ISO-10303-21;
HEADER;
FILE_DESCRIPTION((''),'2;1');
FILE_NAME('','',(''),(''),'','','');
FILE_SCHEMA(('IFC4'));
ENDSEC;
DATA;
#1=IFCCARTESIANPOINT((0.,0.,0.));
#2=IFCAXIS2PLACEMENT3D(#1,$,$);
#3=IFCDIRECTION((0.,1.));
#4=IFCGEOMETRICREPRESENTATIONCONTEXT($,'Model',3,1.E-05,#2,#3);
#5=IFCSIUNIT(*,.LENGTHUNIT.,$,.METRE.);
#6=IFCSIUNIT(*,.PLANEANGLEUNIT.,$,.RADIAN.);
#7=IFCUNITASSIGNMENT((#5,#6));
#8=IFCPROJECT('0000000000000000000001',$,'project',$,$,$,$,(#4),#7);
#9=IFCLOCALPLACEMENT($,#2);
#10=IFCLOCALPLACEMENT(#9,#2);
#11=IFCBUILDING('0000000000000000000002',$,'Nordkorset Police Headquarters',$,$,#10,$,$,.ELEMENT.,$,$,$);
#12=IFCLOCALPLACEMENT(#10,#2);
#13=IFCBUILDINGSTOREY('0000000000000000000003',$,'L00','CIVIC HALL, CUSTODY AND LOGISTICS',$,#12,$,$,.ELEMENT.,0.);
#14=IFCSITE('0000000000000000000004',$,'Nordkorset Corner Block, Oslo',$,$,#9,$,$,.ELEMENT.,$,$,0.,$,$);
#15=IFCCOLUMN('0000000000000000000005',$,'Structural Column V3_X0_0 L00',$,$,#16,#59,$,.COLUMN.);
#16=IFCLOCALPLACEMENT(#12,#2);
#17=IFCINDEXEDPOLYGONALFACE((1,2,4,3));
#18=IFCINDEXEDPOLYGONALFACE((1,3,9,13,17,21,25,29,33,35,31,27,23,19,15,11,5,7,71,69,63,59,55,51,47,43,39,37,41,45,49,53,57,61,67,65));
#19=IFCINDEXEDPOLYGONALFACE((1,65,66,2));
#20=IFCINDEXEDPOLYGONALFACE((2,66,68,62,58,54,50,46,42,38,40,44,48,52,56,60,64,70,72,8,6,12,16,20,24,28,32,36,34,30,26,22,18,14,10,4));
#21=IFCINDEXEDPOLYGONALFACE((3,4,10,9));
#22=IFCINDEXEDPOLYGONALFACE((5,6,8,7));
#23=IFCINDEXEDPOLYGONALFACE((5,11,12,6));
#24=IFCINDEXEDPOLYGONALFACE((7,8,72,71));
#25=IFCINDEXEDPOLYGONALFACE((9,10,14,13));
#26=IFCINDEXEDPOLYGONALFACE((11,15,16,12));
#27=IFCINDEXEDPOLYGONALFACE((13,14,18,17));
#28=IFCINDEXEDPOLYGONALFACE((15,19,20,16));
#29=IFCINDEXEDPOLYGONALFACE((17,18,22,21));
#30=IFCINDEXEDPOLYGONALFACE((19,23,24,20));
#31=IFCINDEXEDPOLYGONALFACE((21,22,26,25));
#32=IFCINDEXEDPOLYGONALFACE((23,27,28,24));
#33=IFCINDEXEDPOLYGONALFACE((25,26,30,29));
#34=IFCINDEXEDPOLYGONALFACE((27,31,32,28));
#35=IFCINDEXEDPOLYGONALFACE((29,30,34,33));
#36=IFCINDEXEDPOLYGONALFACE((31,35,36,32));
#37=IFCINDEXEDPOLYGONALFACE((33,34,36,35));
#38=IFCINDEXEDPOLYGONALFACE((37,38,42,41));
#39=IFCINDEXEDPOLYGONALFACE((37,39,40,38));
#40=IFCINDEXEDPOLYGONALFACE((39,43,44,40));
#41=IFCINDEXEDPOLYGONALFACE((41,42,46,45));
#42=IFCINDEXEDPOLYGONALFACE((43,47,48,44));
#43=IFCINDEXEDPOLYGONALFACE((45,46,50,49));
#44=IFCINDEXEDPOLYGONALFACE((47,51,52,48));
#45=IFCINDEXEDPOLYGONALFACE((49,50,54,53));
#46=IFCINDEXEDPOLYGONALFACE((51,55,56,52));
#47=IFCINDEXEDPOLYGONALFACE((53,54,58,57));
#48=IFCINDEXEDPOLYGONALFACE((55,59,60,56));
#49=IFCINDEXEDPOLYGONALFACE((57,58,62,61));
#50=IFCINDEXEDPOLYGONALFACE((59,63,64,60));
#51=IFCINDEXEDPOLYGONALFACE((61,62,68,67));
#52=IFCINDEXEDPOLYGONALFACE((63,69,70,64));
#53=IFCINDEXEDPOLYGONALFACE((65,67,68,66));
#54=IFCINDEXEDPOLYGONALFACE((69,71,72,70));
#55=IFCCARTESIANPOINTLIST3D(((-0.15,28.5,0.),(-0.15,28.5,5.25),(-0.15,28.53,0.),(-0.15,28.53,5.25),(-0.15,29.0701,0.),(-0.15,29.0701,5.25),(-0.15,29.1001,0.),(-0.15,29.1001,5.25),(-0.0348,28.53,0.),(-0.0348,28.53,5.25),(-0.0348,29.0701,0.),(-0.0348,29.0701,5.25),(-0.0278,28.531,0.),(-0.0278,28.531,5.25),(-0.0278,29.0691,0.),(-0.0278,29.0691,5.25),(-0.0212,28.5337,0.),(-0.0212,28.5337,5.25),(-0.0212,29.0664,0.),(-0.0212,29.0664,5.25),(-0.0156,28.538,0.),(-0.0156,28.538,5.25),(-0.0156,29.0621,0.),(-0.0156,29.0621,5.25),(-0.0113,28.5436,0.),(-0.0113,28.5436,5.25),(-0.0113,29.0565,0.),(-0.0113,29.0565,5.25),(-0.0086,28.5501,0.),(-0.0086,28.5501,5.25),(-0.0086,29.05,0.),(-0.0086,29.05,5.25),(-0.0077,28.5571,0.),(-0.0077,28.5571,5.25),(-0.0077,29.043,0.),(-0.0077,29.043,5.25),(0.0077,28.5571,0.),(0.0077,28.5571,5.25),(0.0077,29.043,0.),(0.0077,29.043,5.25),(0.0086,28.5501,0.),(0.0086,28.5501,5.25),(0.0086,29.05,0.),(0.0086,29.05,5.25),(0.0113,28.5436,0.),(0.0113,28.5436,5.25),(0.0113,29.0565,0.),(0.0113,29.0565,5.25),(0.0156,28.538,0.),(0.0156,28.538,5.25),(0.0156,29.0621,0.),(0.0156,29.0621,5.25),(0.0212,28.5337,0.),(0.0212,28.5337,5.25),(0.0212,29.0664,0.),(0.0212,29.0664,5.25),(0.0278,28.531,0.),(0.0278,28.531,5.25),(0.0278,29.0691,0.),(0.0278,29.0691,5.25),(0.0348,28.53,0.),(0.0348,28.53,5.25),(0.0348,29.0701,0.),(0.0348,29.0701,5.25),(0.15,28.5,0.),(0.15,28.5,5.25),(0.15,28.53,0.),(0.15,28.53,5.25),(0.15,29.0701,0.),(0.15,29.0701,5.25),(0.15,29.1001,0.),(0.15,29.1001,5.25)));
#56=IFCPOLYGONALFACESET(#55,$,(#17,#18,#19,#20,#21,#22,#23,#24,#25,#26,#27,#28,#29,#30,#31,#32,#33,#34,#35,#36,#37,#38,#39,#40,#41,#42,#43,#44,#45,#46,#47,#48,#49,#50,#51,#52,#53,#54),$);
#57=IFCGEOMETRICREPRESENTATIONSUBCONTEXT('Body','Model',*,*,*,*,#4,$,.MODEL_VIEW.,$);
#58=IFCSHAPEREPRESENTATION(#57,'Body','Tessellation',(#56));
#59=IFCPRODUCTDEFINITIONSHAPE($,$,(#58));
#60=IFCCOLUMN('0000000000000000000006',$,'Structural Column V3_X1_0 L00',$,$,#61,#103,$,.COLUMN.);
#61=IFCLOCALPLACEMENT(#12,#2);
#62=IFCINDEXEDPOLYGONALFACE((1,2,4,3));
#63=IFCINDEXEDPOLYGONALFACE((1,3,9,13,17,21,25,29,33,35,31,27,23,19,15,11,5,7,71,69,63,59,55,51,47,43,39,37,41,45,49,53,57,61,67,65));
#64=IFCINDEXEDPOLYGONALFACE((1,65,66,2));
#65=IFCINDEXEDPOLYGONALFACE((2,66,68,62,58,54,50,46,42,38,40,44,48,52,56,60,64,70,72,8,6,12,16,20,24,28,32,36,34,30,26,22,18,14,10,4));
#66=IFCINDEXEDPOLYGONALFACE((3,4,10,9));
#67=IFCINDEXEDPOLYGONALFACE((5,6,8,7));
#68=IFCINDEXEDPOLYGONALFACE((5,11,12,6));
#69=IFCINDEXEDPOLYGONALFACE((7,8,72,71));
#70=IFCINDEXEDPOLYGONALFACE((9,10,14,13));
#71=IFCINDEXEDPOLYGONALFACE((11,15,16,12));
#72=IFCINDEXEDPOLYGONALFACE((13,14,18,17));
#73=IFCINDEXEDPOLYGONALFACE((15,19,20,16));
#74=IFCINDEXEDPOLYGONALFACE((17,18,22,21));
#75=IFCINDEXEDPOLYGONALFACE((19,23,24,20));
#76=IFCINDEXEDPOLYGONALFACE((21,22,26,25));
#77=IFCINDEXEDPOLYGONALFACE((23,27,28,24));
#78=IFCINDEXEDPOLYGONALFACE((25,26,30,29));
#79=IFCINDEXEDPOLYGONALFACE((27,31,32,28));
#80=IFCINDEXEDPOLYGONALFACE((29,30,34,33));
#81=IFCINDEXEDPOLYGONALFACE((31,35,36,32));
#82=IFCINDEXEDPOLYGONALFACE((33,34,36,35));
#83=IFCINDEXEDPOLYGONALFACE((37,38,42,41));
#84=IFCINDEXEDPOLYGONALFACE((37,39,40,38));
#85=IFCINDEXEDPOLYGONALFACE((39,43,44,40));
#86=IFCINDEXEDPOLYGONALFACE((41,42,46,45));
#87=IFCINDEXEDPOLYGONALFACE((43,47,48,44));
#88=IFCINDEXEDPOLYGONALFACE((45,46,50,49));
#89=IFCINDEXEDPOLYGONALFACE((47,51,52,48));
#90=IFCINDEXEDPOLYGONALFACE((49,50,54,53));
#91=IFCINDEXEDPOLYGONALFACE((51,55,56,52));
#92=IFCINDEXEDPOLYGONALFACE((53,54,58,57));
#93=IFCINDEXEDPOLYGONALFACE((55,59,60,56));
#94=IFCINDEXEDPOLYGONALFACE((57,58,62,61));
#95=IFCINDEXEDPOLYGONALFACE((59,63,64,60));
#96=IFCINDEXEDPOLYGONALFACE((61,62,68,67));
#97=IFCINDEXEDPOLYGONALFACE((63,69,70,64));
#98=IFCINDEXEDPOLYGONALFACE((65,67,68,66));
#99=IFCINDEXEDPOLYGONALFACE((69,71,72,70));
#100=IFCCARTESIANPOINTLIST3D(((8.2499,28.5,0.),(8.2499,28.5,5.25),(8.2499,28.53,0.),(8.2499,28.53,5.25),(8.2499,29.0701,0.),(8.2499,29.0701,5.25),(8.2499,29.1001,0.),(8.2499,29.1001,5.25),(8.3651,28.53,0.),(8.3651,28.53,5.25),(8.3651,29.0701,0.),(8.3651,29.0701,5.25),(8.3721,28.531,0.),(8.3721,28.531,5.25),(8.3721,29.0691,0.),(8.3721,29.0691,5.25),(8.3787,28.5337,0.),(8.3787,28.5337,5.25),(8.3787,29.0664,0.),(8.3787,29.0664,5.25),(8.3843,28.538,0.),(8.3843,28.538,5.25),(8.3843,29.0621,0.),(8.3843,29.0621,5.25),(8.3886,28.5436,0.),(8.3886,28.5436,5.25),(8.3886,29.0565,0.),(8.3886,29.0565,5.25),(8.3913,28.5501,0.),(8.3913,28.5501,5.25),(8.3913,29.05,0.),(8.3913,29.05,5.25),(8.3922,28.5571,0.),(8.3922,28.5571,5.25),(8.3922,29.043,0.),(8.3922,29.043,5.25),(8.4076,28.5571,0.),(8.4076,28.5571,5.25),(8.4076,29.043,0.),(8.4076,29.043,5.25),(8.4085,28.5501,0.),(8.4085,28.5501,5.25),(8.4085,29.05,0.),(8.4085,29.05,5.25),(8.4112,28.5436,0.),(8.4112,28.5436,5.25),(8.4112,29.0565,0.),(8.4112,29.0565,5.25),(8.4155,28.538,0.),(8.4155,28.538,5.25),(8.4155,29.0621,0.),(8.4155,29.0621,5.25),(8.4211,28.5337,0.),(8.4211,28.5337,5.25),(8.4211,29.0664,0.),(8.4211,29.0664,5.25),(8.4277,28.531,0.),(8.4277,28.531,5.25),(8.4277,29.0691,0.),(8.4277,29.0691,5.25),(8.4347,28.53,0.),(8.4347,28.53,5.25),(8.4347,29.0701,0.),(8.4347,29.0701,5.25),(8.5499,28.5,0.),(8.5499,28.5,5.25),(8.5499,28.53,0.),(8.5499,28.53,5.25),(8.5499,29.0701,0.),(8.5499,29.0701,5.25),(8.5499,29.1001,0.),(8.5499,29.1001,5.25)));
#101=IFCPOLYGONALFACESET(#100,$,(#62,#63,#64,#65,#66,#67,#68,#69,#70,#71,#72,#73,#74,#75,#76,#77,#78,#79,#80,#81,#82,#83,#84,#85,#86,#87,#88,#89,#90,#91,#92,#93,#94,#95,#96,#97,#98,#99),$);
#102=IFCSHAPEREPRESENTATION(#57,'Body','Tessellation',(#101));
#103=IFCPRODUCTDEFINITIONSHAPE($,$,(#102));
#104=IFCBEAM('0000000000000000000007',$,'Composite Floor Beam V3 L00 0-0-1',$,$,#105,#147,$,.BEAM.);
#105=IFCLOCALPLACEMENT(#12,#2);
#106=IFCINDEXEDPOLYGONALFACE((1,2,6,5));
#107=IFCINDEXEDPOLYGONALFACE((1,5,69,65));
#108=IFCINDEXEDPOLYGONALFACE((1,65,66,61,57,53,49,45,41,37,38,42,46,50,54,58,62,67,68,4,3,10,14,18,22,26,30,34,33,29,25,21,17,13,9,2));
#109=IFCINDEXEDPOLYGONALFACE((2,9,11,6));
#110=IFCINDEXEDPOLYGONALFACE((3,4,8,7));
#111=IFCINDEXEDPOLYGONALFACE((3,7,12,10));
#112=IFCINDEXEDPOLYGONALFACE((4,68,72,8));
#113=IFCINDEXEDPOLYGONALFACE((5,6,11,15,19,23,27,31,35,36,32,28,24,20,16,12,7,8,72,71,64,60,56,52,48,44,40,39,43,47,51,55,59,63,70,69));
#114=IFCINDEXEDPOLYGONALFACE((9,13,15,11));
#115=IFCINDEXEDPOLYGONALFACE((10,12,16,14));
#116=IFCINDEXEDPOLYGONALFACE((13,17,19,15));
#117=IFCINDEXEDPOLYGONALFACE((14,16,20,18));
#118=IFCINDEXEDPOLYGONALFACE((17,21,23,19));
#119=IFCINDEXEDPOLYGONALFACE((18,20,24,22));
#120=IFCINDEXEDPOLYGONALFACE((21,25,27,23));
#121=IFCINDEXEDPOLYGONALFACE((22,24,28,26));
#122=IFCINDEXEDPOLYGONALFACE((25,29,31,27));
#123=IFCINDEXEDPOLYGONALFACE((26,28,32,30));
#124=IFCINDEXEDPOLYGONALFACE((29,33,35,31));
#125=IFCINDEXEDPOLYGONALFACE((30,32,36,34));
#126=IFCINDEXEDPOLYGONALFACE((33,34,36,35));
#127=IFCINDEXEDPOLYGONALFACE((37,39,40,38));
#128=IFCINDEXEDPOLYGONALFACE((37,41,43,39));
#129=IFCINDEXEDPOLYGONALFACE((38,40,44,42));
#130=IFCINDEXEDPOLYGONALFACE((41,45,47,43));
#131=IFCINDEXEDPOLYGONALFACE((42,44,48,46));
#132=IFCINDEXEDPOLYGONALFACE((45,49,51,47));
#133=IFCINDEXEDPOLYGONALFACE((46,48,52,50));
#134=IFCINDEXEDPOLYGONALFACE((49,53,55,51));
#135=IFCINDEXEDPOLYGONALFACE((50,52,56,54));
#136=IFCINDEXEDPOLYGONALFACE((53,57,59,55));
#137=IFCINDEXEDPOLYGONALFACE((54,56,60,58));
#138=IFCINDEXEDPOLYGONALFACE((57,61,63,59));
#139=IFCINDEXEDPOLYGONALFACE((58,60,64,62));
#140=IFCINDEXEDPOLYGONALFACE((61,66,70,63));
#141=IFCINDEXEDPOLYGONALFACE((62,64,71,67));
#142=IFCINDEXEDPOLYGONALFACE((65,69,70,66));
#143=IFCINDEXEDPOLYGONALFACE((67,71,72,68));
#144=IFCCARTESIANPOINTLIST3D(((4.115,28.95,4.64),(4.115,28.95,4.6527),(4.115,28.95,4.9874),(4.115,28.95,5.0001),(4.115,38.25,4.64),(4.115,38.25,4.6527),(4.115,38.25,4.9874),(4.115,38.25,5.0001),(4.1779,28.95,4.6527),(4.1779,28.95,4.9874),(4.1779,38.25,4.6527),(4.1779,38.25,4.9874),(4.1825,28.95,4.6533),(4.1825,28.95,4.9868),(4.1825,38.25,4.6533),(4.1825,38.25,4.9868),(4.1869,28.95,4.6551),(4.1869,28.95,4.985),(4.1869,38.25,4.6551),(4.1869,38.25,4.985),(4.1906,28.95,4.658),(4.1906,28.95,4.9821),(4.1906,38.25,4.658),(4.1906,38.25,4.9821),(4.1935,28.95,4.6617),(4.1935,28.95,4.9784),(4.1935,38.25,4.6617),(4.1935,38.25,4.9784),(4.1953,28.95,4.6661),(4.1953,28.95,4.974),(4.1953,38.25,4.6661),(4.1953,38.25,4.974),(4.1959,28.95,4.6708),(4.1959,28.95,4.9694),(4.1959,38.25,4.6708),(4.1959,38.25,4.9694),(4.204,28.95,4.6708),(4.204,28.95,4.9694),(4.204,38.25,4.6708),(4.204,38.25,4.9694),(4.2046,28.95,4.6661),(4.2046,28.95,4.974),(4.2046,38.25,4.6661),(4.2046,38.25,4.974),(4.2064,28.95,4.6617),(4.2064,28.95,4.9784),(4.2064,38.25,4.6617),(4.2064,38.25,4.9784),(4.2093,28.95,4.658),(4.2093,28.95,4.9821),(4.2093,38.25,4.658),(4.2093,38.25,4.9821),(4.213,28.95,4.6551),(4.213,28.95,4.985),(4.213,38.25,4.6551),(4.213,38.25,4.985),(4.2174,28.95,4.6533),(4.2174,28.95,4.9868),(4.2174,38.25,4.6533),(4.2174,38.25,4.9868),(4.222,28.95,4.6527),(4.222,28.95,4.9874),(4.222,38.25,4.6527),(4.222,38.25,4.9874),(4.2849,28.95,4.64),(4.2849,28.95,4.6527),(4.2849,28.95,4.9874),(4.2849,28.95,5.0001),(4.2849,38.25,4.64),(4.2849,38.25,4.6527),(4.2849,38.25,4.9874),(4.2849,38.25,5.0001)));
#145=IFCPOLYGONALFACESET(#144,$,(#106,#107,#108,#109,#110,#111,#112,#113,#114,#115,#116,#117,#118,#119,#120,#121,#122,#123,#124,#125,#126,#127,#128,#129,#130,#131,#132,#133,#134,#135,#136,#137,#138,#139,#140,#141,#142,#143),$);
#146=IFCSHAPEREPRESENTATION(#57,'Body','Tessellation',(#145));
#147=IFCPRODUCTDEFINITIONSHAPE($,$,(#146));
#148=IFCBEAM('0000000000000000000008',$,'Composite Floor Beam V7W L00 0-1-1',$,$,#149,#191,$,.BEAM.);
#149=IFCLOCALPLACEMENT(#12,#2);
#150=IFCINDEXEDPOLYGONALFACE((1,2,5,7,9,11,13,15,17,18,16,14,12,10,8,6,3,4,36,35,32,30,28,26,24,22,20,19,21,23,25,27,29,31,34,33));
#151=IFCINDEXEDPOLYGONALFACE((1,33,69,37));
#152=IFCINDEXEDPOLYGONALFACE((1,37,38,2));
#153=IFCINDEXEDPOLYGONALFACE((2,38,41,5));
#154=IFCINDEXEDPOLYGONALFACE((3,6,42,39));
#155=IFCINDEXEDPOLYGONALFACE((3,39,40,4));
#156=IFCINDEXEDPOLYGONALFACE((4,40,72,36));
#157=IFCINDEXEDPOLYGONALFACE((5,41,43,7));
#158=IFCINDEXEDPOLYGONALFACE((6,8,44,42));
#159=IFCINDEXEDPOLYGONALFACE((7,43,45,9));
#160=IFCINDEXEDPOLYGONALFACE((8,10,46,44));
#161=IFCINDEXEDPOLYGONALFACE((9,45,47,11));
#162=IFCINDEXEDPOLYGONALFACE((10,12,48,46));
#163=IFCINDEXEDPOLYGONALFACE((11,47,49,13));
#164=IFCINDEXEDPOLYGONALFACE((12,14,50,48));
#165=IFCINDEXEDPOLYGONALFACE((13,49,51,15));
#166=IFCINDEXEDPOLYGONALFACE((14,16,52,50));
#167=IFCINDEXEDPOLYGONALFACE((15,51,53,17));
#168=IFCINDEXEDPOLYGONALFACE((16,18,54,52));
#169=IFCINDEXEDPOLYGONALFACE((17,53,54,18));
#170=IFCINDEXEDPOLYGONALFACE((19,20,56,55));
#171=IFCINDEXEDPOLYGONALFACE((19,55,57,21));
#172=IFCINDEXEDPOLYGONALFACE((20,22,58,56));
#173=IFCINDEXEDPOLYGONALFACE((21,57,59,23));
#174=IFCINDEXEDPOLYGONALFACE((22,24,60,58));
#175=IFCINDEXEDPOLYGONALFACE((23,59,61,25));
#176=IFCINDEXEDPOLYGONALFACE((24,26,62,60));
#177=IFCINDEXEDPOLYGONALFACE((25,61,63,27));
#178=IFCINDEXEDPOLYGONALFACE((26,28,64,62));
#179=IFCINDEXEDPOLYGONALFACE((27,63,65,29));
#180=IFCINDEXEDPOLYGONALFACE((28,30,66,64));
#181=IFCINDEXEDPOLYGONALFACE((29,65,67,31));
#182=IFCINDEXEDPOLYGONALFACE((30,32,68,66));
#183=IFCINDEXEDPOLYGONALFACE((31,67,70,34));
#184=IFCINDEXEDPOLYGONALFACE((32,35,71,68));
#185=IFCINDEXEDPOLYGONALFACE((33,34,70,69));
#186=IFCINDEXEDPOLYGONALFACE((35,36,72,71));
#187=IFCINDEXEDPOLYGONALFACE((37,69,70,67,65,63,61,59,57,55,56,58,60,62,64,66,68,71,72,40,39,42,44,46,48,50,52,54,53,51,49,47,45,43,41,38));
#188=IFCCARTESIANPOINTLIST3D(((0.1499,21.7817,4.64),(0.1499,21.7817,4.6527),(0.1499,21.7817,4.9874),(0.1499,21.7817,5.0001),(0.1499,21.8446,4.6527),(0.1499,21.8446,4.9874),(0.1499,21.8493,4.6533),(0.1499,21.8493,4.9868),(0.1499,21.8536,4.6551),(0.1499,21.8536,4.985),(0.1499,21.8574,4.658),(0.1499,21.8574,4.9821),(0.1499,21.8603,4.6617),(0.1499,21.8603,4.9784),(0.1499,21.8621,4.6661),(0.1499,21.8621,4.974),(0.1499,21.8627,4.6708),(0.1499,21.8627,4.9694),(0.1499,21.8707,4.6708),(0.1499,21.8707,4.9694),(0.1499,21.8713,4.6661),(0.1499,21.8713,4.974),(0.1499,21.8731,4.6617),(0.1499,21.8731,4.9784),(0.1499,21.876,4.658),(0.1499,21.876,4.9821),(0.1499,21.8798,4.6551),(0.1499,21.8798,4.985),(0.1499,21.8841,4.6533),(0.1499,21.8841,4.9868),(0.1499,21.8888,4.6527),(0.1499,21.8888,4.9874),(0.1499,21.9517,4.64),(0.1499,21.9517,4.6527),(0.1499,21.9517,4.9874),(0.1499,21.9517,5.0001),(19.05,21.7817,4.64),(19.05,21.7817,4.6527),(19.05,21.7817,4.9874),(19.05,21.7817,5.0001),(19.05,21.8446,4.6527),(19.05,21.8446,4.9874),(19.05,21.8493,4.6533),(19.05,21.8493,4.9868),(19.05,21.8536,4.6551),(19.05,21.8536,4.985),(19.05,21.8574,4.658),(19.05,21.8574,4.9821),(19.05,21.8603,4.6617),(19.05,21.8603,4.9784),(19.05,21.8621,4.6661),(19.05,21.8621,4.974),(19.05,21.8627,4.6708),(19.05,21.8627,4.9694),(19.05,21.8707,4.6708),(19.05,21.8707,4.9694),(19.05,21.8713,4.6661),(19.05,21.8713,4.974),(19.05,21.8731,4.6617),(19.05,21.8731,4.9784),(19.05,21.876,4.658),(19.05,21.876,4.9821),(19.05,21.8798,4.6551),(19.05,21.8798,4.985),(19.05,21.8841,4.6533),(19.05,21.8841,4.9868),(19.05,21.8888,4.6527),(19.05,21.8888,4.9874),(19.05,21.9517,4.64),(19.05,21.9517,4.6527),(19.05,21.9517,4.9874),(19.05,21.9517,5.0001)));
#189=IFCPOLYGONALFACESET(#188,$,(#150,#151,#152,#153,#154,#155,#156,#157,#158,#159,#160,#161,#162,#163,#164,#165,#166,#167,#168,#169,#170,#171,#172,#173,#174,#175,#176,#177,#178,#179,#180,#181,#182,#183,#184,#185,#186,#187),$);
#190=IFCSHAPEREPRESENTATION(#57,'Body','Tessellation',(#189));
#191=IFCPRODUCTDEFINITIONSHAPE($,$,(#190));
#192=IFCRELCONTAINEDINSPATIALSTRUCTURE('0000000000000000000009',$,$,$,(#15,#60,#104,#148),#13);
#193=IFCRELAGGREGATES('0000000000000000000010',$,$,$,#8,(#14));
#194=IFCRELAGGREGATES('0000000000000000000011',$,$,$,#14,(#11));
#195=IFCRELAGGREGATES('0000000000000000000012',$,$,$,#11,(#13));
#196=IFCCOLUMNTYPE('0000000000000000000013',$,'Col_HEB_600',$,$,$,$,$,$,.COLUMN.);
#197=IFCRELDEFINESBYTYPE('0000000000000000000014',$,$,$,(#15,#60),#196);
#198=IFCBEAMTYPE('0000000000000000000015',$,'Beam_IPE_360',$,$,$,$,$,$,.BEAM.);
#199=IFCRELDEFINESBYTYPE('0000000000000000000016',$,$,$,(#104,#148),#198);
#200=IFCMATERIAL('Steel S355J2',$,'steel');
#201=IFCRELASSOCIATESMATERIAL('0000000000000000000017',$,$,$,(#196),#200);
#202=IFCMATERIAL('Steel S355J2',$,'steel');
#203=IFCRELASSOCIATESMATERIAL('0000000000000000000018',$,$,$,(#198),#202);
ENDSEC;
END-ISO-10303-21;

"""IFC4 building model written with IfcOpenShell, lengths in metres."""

from ifc_helpers import new_model, si_unit, direction, frame, origin, origin_2d, place, context, subcontext, project, spatial, i_section, extrude, material, material_profile, profile_set, type_object, element, save


model = new_model("IFC4")

# Units and contexts
model_context = context("Model", 3, precision=1e-05, world=origin(), true_north=direction((0.0, 1.0)))
body_context = subcontext(model_context, "Body", "Model", "MODEL_VIEW")
ifc_project = project(units=[si_unit("LENGTHUNIT", "METRE"), si_unit("PLANEANGLEUNIT", "RADIAN")], contexts=[model_context])

# Site, building, storey
site_placement = place(None, origin())
site = spatial("IfcSite", under=ifc_project, at=site_placement, Name="Nordkorset Corner Block, Oslo", CompositionType="ELEMENT", RefElevation=0.0)
building_placement = place(site_placement, origin())
building = spatial("IfcBuilding", under=site, at=building_placement, Name="Nordkorset Police Headquarters", CompositionType="ELEMENT")
storey_placement = place(building_placement, origin())
storey = spatial("IfcBuildingStorey", under=building, at=storey_placement, Name="L00", Description="CIVIC HALL, CUSTODY AND LOGISTICS", CompositionType="ELEMENT", Elevation=0.0)

# Columns
ifc_material_1 = material(Name="Steel S355J2", Category="steel")
ifc_material_profile_1 = material_profile(ifc_material_1, i_section(OverallWidth=0.3, OverallDepth=0.6001, WebThickness=0.0154, FlangeThickness=0.03, FilletRadius=0.0271, at=origin_2d()), Name="HEB 600")
ifc_profile_set_1 = profile_set([ifc_material_profile_1], Name="Steel S355J2")
column_type_1 = type_object("IfcColumnType", Name="Col_HEB_600", PredefinedType="COLUMN", material=ifc_profile_set_1)
for number, where, z_axis, x_axis, name in (
    (1, (0.0, 28.8, 0.0), (0.0, 0.0, 1.0), (1.0, 0.0, 0.0), "Structural Column V3_X0_0 L00"),
    (2, (8.3999, 28.8, 0.0), (0.0, 0.0, 1.0), (1.0, 0.0, 0.0), "Structural Column V3_X1_0 L00"),
):
    element("IfcColumn", number, at=place(storey_placement, frame(where, z_axis=z_axis, x_axis=x_axis)), inside=storey, type_object=column_type_1, Name=name, PredefinedType="COLUMN", context=body_context, shape_type="SweptSolid", body=[
        extrude(i_section(OverallWidth=0.3, OverallDepth=0.6001, WebThickness=0.0154, FlangeThickness=0.03, FilletRadius=0.0271, at=origin_2d()), origin(), (0.0, 0.0, 1.0), 5.25),
    ])

# Beams
ifc_material_2 = material(Name="Steel S355J2", Category="steel")
ifc_material_profile_2 = material_profile(ifc_material_2, i_section(OverallWidth=0.1699, OverallDepth=0.3601, WebThickness=0.0081, FlangeThickness=0.0127, FilletRadius=0.0181, at=origin_2d()), Name="IPE 360")
ifc_profile_set_2 = profile_set([ifc_material_profile_2], Name="Steel S355J2")
beam_type_1 = type_object("IfcBeamType", Name="Beam_IPE_360", PredefinedType="BEAM", material=ifc_profile_set_2)
beam_1_placement = place(storey_placement, frame((4.2, 28.95, 4.8201), z_axis=(0.0, 1.0, 0.0), x_axis=(-1.0, 0.0, 0.0)))
element("IfcBeam", 3, at=beam_1_placement, inside=storey, type_object=beam_type_1, Name="Composite Floor Beam V3 L00 0-0-1", PredefinedType="BEAM", context=body_context, shape_type="SweptSolid", body=[
    extrude(i_section(OverallWidth=0.1699, OverallDepth=0.3601, WebThickness=0.0081, FlangeThickness=0.0127, FilletRadius=0.0181, at=origin_2d()), origin(), (0.0, 0.0, 1.0), 9.3),
])
for number, where, z_axis, x_axis, name in (
    (4, (0.1499, 21.8667, 4.8201), (1.0, 0.0, 0.0), (0.0, 1.0, 0.0), "Composite Floor Beam V7W L00 0-1-1"),
):
    element("IfcBeam", number, at=place(storey_placement, frame(where, z_axis=z_axis, x_axis=x_axis)), inside=storey, type_object=beam_type_1, Name=name, PredefinedType="BEAM", context=body_context, shape_type="SweptSolid", body=[
        extrude(i_section(OverallWidth=0.1699, OverallDepth=0.3601, WebThickness=0.0081, FlangeThickness=0.0127, FilletRadius=0.0181, at=origin_2d()), origin(), (0.0, 0.0, 1.0), 18.9001),
    ])

save(model, "model.ifc")
